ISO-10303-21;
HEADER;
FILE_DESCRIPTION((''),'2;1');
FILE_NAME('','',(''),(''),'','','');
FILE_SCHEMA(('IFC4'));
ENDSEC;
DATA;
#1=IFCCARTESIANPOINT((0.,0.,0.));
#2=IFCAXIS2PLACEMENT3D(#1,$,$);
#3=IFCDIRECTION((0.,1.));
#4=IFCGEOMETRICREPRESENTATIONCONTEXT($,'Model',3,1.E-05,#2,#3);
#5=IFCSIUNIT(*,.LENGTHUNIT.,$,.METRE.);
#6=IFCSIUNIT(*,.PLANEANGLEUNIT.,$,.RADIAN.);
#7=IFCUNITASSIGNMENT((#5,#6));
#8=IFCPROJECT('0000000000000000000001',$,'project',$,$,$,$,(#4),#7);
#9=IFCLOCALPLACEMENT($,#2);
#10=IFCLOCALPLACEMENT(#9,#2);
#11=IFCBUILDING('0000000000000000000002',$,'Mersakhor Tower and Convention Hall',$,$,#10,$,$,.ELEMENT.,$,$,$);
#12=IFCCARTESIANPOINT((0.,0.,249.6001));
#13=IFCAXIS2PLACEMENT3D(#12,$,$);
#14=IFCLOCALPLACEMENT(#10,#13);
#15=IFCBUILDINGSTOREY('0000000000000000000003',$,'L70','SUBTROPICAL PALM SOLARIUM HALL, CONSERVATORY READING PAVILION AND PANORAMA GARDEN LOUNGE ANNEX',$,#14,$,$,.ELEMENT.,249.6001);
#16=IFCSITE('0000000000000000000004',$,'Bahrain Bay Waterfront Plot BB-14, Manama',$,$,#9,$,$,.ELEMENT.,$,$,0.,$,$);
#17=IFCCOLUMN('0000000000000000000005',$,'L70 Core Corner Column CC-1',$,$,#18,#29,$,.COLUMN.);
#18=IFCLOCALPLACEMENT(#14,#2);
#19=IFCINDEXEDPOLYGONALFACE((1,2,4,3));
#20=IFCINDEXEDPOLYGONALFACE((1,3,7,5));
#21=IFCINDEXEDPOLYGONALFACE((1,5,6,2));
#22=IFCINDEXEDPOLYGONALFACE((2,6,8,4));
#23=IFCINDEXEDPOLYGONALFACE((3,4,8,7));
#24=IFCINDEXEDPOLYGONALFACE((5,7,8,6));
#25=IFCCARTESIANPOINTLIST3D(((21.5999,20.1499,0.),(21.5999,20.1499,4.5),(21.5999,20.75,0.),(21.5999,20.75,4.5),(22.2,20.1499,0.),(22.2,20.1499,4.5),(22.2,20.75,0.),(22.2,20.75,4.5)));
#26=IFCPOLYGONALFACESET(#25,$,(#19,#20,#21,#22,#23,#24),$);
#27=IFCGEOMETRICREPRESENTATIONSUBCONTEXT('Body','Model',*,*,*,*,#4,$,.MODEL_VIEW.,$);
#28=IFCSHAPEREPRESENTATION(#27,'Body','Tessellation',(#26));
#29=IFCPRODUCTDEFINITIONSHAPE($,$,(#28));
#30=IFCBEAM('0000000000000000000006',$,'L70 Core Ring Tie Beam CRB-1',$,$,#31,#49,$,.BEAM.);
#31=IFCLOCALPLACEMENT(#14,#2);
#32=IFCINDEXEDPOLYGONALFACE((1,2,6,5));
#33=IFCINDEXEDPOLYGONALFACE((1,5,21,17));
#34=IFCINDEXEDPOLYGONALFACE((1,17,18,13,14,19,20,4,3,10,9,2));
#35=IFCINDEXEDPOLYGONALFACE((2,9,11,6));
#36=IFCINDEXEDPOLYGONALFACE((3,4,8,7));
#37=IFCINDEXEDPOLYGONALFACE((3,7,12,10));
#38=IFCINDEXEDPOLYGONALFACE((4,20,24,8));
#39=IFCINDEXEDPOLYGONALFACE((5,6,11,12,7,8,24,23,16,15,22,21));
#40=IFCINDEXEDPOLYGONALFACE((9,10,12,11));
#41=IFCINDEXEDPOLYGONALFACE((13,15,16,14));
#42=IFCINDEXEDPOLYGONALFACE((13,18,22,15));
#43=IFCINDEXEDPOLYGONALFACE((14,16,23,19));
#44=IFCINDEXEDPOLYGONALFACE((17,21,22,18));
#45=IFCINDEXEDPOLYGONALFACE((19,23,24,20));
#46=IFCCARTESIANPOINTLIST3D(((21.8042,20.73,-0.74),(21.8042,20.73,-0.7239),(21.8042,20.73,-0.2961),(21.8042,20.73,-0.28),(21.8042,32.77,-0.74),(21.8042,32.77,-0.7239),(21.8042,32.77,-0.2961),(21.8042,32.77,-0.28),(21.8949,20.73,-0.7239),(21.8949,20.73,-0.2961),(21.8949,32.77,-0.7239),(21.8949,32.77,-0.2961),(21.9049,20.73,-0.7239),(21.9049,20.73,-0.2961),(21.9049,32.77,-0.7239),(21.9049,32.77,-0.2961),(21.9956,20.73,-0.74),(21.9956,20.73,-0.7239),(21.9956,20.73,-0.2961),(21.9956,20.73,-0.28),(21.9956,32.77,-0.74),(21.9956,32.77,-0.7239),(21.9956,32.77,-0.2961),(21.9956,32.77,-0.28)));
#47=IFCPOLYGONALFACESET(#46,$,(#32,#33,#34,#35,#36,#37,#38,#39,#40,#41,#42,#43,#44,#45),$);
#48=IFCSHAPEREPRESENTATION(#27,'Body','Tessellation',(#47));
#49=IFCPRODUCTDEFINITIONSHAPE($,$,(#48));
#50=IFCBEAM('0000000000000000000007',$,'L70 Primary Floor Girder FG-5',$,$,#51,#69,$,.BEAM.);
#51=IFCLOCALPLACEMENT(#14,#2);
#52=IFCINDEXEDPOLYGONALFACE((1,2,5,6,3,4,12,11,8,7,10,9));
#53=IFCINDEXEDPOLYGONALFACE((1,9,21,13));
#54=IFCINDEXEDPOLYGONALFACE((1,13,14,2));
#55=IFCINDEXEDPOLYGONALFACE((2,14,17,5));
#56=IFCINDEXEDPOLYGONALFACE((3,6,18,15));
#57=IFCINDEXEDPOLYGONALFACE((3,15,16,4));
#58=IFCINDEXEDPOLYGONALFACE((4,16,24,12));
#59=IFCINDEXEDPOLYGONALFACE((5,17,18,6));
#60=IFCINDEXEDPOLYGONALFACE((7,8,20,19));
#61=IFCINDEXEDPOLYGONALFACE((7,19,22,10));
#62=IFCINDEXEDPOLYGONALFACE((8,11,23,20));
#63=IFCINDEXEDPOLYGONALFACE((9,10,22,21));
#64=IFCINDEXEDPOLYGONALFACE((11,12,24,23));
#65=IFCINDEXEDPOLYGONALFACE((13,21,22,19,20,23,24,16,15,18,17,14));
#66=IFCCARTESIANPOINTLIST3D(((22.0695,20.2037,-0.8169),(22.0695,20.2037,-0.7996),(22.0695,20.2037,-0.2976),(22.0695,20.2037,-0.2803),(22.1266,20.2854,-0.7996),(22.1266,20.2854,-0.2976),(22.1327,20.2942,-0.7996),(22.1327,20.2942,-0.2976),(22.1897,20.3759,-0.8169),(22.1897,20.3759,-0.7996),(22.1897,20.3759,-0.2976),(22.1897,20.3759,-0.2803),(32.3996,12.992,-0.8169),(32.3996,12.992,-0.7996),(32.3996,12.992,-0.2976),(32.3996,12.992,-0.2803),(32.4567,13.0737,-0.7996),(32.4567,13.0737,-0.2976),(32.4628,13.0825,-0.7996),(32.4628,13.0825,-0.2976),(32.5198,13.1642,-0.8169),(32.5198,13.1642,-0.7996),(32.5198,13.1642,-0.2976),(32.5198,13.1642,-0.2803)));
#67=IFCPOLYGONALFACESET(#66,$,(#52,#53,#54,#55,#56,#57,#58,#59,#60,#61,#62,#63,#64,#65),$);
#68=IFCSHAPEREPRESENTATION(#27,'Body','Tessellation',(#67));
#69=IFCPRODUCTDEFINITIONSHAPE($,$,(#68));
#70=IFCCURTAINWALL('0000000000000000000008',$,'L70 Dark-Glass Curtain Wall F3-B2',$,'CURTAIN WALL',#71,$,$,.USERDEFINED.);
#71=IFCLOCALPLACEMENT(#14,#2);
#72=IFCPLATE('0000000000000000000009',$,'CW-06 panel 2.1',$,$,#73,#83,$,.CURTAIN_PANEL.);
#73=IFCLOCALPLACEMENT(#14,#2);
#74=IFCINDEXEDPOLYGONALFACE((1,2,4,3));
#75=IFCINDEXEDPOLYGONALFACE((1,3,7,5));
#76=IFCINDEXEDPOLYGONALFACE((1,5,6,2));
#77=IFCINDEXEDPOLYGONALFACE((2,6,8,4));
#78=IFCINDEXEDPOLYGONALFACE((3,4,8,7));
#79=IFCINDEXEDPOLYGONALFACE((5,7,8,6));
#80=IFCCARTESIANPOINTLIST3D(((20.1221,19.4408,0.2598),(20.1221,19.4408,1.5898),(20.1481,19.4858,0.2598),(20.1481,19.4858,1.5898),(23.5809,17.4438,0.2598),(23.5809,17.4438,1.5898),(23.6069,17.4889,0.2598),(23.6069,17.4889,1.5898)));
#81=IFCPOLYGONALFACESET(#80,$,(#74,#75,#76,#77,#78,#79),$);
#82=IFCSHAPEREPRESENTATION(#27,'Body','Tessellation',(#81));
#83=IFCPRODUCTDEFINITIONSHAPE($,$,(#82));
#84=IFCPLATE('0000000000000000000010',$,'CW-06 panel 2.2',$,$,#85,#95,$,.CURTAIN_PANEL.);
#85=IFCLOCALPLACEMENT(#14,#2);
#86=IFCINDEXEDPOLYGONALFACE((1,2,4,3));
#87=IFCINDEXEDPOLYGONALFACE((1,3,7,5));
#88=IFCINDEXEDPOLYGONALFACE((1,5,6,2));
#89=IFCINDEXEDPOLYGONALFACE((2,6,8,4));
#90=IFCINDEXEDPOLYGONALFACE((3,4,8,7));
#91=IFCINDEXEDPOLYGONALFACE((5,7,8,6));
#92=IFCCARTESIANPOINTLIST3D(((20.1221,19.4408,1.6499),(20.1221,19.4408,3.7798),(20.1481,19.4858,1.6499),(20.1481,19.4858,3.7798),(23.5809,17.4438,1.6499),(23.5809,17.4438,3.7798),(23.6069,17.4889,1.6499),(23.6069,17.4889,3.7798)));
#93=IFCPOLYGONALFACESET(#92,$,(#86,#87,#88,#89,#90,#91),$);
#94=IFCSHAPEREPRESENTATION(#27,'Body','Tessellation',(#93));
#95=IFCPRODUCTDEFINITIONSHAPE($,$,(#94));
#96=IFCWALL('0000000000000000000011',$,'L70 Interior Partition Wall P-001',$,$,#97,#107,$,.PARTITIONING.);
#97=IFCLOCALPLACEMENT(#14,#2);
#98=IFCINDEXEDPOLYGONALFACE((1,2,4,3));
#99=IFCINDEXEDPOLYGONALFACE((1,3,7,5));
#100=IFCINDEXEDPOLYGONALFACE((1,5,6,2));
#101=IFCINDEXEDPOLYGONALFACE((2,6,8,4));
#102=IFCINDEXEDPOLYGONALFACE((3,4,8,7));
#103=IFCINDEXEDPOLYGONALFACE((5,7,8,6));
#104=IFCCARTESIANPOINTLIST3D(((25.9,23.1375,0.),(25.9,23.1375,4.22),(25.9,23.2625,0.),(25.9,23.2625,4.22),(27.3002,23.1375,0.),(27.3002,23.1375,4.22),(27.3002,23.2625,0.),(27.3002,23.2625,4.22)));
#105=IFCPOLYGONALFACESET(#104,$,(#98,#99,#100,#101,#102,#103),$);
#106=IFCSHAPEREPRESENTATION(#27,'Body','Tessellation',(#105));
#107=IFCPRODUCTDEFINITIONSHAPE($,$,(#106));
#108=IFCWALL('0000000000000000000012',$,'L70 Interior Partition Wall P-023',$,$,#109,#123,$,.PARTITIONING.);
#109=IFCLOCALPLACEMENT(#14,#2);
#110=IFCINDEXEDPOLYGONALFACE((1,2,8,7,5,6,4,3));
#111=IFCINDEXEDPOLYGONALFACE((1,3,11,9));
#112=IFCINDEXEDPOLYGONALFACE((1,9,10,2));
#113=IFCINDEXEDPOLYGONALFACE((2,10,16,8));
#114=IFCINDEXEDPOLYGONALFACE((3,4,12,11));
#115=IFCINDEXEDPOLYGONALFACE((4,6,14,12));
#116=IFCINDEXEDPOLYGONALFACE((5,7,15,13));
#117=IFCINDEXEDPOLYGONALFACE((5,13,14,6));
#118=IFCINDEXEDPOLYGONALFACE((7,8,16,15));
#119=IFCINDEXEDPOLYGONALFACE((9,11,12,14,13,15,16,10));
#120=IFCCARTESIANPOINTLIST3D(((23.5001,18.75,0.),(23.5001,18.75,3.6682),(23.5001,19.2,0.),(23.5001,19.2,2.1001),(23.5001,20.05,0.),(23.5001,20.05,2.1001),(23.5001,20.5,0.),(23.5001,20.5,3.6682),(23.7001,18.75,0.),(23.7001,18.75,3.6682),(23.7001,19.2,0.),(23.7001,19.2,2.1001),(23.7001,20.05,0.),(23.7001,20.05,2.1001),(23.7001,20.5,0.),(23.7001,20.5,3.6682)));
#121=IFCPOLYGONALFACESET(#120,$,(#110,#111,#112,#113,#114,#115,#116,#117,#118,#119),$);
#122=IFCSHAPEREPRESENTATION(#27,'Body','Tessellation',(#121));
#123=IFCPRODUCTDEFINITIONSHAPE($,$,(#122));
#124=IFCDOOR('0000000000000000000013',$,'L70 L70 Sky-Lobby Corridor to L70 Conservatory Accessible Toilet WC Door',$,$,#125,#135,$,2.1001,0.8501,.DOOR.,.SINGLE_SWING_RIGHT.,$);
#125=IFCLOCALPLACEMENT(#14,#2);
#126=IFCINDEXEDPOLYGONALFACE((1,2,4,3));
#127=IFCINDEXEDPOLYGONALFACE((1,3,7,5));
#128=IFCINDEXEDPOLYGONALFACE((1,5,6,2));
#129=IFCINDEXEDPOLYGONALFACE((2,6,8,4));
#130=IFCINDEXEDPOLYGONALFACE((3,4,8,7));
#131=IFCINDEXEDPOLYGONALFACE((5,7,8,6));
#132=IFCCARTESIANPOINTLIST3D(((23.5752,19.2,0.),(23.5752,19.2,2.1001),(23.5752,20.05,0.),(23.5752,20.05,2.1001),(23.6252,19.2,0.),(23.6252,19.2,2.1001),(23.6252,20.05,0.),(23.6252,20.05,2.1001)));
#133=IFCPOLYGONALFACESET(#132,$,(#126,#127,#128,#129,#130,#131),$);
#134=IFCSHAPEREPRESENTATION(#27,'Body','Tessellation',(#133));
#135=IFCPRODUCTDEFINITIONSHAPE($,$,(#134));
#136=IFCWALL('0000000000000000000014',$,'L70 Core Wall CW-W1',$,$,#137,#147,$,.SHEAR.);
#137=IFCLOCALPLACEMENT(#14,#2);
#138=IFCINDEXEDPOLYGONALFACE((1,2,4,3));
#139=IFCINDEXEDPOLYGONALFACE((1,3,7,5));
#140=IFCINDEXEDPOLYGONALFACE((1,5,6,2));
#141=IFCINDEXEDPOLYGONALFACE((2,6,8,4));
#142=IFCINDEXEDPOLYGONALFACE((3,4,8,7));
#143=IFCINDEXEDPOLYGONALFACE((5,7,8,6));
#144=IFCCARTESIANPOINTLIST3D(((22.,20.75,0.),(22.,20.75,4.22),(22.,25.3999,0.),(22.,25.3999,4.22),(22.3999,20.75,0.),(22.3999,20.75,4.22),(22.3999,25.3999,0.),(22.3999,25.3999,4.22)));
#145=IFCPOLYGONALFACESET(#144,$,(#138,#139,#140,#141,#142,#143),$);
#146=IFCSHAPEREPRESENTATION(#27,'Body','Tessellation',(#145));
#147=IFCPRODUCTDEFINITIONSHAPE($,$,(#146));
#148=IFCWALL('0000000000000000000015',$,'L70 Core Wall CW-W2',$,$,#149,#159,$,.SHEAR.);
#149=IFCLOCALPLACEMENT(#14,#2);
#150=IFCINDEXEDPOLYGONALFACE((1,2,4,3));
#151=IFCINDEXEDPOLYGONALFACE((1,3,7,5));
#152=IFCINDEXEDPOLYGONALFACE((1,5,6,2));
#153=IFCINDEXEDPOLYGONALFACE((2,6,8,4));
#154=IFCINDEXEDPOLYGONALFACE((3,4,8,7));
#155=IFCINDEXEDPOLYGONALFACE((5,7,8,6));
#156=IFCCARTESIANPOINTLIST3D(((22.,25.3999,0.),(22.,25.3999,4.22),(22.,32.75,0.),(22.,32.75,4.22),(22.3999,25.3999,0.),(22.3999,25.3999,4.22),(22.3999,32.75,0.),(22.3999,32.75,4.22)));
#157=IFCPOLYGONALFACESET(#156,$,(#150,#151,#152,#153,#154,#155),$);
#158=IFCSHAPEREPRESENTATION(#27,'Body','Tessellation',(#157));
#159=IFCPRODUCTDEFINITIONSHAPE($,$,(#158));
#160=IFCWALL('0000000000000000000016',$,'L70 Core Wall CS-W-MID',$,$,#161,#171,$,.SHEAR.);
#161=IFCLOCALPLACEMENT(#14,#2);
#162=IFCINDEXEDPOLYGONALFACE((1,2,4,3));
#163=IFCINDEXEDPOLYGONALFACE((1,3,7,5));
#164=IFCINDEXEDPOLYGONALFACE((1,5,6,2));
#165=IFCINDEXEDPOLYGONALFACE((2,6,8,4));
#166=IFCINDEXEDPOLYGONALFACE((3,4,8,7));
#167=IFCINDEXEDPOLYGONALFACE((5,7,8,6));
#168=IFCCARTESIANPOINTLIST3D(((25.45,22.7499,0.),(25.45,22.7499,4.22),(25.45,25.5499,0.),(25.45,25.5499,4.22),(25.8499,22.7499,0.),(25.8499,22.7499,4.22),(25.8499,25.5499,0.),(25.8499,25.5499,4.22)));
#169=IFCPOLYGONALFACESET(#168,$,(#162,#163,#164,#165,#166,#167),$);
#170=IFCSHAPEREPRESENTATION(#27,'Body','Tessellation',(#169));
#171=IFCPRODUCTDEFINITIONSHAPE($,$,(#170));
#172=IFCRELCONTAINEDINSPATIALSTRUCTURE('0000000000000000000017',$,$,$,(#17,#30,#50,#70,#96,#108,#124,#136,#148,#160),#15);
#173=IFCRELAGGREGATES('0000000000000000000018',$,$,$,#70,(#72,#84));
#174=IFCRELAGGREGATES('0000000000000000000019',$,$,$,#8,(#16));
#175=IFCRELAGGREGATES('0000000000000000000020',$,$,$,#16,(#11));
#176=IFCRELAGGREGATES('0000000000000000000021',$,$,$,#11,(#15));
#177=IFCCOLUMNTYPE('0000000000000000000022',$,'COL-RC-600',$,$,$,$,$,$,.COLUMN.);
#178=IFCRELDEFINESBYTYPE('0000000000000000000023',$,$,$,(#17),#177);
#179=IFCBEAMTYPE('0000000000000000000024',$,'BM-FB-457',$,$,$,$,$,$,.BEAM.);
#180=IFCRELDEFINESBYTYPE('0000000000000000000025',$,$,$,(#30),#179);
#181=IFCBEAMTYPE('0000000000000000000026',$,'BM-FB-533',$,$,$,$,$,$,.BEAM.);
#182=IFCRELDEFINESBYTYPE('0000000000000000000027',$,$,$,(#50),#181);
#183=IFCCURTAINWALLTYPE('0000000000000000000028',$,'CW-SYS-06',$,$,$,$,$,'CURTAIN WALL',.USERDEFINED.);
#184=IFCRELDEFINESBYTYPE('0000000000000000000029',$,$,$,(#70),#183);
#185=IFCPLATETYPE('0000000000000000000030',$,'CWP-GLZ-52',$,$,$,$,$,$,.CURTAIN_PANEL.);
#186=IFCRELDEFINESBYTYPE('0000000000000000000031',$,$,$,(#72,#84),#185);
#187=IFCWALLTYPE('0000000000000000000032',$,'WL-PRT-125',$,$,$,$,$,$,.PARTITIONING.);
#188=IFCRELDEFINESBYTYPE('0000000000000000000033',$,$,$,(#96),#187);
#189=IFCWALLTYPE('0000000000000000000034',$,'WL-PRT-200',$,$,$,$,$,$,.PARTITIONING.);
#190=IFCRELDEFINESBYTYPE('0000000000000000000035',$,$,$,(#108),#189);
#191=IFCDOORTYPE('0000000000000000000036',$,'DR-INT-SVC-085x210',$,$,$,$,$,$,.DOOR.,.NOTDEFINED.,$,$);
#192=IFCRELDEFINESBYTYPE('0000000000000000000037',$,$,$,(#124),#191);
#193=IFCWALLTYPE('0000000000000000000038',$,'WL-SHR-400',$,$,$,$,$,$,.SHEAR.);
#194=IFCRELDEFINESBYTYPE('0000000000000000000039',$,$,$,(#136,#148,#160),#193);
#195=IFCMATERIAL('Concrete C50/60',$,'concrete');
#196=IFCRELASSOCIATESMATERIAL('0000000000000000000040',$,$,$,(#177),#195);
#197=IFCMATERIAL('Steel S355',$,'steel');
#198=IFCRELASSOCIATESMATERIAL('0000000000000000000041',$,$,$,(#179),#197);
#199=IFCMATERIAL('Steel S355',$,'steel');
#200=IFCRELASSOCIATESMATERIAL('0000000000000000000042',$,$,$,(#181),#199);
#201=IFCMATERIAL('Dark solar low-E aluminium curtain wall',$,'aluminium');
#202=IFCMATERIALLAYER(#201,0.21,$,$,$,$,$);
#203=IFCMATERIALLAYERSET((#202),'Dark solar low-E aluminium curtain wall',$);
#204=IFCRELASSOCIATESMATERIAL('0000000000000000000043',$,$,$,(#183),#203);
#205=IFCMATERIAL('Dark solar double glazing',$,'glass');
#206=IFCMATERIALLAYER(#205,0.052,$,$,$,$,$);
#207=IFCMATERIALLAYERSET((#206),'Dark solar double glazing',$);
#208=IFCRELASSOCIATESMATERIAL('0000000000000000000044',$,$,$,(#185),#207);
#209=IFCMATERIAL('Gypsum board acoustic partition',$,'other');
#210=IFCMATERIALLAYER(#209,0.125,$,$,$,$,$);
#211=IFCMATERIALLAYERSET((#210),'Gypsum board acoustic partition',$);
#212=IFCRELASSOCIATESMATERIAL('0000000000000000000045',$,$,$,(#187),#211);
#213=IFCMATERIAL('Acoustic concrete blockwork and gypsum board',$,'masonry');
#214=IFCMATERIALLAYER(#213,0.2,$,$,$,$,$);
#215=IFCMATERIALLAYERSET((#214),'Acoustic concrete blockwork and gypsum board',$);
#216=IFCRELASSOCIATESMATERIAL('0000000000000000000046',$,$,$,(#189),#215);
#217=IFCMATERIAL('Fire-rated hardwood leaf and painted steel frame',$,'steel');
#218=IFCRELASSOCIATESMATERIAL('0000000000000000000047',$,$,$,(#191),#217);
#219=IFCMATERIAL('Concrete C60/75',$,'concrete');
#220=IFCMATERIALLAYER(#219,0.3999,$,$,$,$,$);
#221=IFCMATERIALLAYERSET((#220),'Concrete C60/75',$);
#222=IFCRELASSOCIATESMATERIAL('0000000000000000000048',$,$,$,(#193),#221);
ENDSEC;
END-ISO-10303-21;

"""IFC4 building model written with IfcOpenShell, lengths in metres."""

from ifc_helpers import new_model, si_unit, direction, frame, frame_2d, origin, origin_2d, place, context, subcontext, project, spatial, rectangle, i_section, extrude, material, layer, layer_set, material_profile, profile_set, type_object, element, fill, aggregate, save


model = new_model("IFC4")

# Units and contexts
model_context = context("Model", 3, precision=1e-05, world=origin(), true_north=direction((0.0, 1.0)))
body_context = subcontext(model_context, "Body", "Model", "MODEL_VIEW")
ifc_project = project(units=[si_unit("LENGTHUNIT", "METRE"), si_unit("PLANEANGLEUNIT", "RADIAN")], contexts=[model_context])

# Site, building, storey
site_placement = place(None, origin())
site = spatial("IfcSite", under=ifc_project, at=site_placement, Name="Bahrain Bay Waterfront Plot BB-14, Manama", CompositionType="ELEMENT", RefElevation=0.0)
building_placement = place(site_placement, origin())
building = spatial("IfcBuilding", under=site, at=building_placement, Name="Mersakhor Tower and Convention Hall", CompositionType="ELEMENT")
storey_placement = place(building_placement, frame((0.0, 0.0, 249.6001)))
storey = spatial("IfcBuildingStorey", under=building, at=storey_placement, Name="L70", Description="SUBTROPICAL PALM SOLARIUM HALL, CONSERVATORY READING PAVILION AND PANORAMA GARDEN LOUNGE ANNEX", CompositionType="ELEMENT", Elevation=249.6001)

# Column
ifc_material_1 = material(Name="Concrete C50/60", Category="concrete")
ifc_material_profile_1 = material_profile(ifc_material_1, rectangle(XDim=0.6001, YDim=0.6001, at=origin_2d()), Name="RC 600x600")
ifc_profile_set_1 = profile_set([ifc_material_profile_1], Name="Concrete C50/60")
column_type = type_object("IfcColumnType", Name="COL-RC-600", PredefinedType="COLUMN", material=ifc_profile_set_1)
column_placement = place(storey_placement, frame((21.8999, 20.45, 0.0), z_axis=(0.0, 0.0, 1.0), x_axis=(1.0, 0.0, 0.0)))
element("IfcColumn", 1, at=column_placement, inside=storey, type_object=column_type, Name="L70 Core Corner Column CC-1", PredefinedType="COLUMN", context=body_context, shape_type="SweptSolid", body=[
    extrude(rectangle(XDim=0.6001, YDim=0.6001, at=origin_2d()), origin(), (0.0, 0.0, 1.0), 4.5),
])

# Beams
ifc_material_2 = material(Name="Steel S355", Category="steel")
ifc_material_profile_2 = material_profile(ifc_material_2, i_section(OverallWidth=0.1914, OverallDepth=0.46, WebThickness=0.01, FlangeThickness=0.0161, at=origin_2d()), Name="UB 457x191x82")
ifc_profile_set_2 = profile_set([ifc_material_profile_2], Name="Steel S355")
beam_type_1 = type_object("IfcBeamType", Name="BM-FB-457", PredefinedType="BEAM", material=ifc_profile_set_2)
beam_1_placement = place(storey_placement, frame((21.8999, 20.73, -0.51), z_axis=(0.0, 1.0, 0.0), x_axis=(-1.0, 0.0, 0.0)))
element("IfcBeam", 2, at=beam_1_placement, inside=storey, type_object=beam_type_1, Name="L70 Core Ring Tie Beam CRB-1", PredefinedType="BEAM", context=body_context, shape_type="SweptSolid", body=[
    extrude(i_section(OverallWidth=0.1914, OverallDepth=0.46, WebThickness=0.01, FlangeThickness=0.0161, at=origin_2d()), origin(), (0.0, 0.0, 1.0), 12.04),
])
ifc_material_3 = material(Name="Steel S355", Category="steel")
ifc_material_profile_3 = material_profile(ifc_material_3, i_section(OverallWidth=0.21, OverallDepth=0.5366, WebThickness=0.0107, FlangeThickness=0.0173, at=origin_2d()), Name="UB 533x210x101")
ifc_profile_set_3 = profile_set([ifc_material_profile_3], Name="Steel S355")
beam_type_2 = type_object("IfcBeamType", Name="BM-FB-533", PredefinedType="BEAM", material=ifc_profile_set_3)
beam_2_placement = place(storey_placement, frame((22.1296, 20.2898, -0.5486), z_axis=(0.819954, -0.572429, 0.0), x_axis=(0.572429, 0.819954, 0.0)))
element("IfcBeam", 3, at=beam_2_placement, inside=storey, type_object=beam_type_2, Name="L70 Primary Floor Girder FG-5", PredefinedType="BEAM", context=body_context, shape_type="SweptSolid", body=[
    extrude(i_section(OverallWidth=0.21, OverallDepth=0.5366, WebThickness=0.0107, FlangeThickness=0.0173, at=origin_2d()), origin(), (0.0, 0.0, 1.0), 12.5984),
])

# Curtain wall, plates
ifc_material_4 = material(Name="Dark solar low-E aluminium curtain wall", Category="aluminium")
ifc_layer_1 = layer(ifc_material_4, 0.21)
ifc_layer_set_1 = layer_set([ifc_layer_1], Name="Dark solar low-E aluminium curtain wall")
curtain_wall_type = type_object("IfcCurtainWallType", Name="CW-SYS-06", ElementType="CURTAIN WALL", PredefinedType="USERDEFINED", material=ifc_layer_set_1)
curtain_wall_placement = place(storey_placement, origin())
curtain_wall = element("IfcCurtainWall", 4, at=curtain_wall_placement, inside=storey, type_object=curtain_wall_type, Name="L70 Dark-Glass Curtain Wall F3-B2", ObjectType="CURTAIN WALL", PredefinedType="USERDEFINED")
ifc_material_5 = material(Name="Dark solar double glazing", Category="glass")
ifc_layer_2 = layer(ifc_material_5, 0.052)
ifc_layer_set_2 = layer_set([ifc_layer_2], Name="Dark solar double glazing")
plate_type = type_object("IfcPlateType", Name="CWP-GLZ-52", PredefinedType="CURTAIN_PANEL", material=ifc_layer_set_2)
plate_1_placement = place(storey_placement, frame((21.8645, 18.4648, 0.2598), z_axis=(0.0, 0.0, 1.0), x_axis=(-0.866023, 0.500004, 0.0)))
plate_1 = element("IfcPlate", 5, at=plate_1_placement, type_object=plate_type, Name="CW-06 panel 2.1", PredefinedType="CURTAIN_PANEL", context=body_context, shape_type="SweptSolid", body=[
    extrude(rectangle(XDim=3.9939, YDim=0.052, at=origin_2d()), origin(), (0.0, 0.0, 1.0), 1.3301),
])
plate_2_placement = place(storey_placement, frame((21.8645, 18.4648, 1.6499), z_axis=(0.0, 0.0, 1.0), x_axis=(-0.866023, 0.500004, 0.0)))
plate_2 = element("IfcPlate", 6, at=plate_2_placement, type_object=plate_type, Name="CW-06 panel 2.2", PredefinedType="CURTAIN_PANEL", context=body_context, shape_type="SweptSolid", body=[
    extrude(rectangle(XDim=3.9939, YDim=0.052, at=origin_2d()), origin(), (0.0, 0.0, 1.0), 2.1299),
])
aggregate(curtain_wall, [plate_1, plate_2])

# Wall
ifc_material_6 = material(Name="Gypsum board acoustic partition", Category="other")
ifc_layer_3 = layer(ifc_material_6, 0.125)
ifc_layer_set_3 = layer_set([ifc_layer_3], Name="Gypsum board acoustic partition")
wall_type_1 = type_object("IfcWallType", Name="WL-PRT-125", PredefinedType="PARTITIONING", material=ifc_layer_set_3)
wall_1_placement = place(storey_placement, frame((25.8999, 23.2, 0.0), z_axis=(0.0, 0.0, 1.0), x_axis=(1.0, 0.0, 0.0)))
element("IfcWall", 7, at=wall_1_placement, inside=storey, type_object=wall_type_1, Name="L70 Interior Partition Wall P-001", PredefinedType="PARTITIONING", context=body_context, shape_type="SweptSolid", body=[
    extrude(rectangle(XDim=1.4001, YDim=0.125, at=frame_2d((0.7002, 0.0))), origin(), (0.0, 0.0, 1.0), 4.22),
])

# Shared definitions
ifc_material_7 = material(Name="Acoustic concrete blockwork and gypsum board", Category="masonry")
ifc_layer_4 = layer(ifc_material_7, 0.2)
ifc_layer_set_4 = layer_set([ifc_layer_4], Name="Acoustic concrete blockwork and gypsum board")
wall_type_2 = type_object("IfcWallType", Name="WL-PRT-200", PredefinedType="PARTITIONING", material=ifc_layer_set_4)

# Wall, opening, door
wall_2_placement = place(storey_placement, frame((23.6001, 18.75, 0.0), z_axis=(0.0, 0.0, 1.0), x_axis=(0.0, 1.0, 0.0)))
wall_2 = element("IfcWall", 8, at=wall_2_placement, inside=storey, type_object=wall_type_2, Name="L70 Interior Partition Wall P-023", PredefinedType="PARTITIONING", context=body_context, shape_type="SweptSolid", body=[
    extrude(rectangle(XDim=1.75, YDim=0.2, at=frame_2d((0.875, 0.0))), origin(), (0.0, 0.0, 1.0), 3.6682),
])
opening_1_placement = place(wall_2_placement, frame((0.45, 0.0, 0.0)))
opening_1 = element("IfcOpeningElement", 9, at=opening_1_placement, cuts=wall_2, PredefinedType="OPENING", context=body_context, shape_type="SweptSolid", body=[
    extrude(rectangle(XDim=0.8501, YDim=2.1001, at=frame_2d((0.425, 1.05))), frame((0.0, 0.1099, 0.0), z_axis=(0.0, -1.0, 0.0), x_axis=(1.0, 0.0, 0.0)), (0.0, 0.0, 1.0), 0.22),
])
ifc_material_8 = material(Name="Fire-rated hardwood leaf and painted steel frame", Category="steel")
door_type_1 = type_object("IfcDoorType", Name="DR-INT-SVC-085x210", OperationType="NOTDEFINED", PredefinedType="DOOR", material=ifc_material_8)
door_1_placement = place(opening_1_placement, origin())
door_1 = element("IfcDoor", 10, at=door_1_placement, inside=storey, type_object=door_type_1, Name="L70 L70 Sky-Lobby Corridor to L70 Conservatory Accessible Toilet WC Door", OperationType="SINGLE_SWING_RIGHT", OverallHeight=2.1001, OverallWidth=0.8501, PredefinedType="DOOR", context=body_context, shape_type="SweptSolid", body=[
    extrude(rectangle(XDim=0.8501, YDim=2.1001, at=frame_2d((0.425, 1.05))), frame((0.0, 0.0249, 0.0), z_axis=(0.0, -1.0, 0.0), x_axis=(1.0, 0.0, 0.0)), (0.0, 0.0, 1.0), 0.05),
])
fill(opening_1, door_1)

# Walls
ifc_material_9 = material(Name="Concrete C60/75", Category="concrete")
ifc_layer_5 = layer(ifc_material_9, 0.3999)
ifc_layer_set_5 = layer_set([ifc_layer_5], Name="Concrete C60/75")
wall_type_3 = type_object("IfcWallType", Name="WL-SHR-400", PredefinedType="SHEAR", material=ifc_layer_set_5)
wall_3_placement = place(storey_placement, frame((22.2, 20.75, 0.0), z_axis=(0.0, 0.0, 1.0), x_axis=(0.0, 1.0, 0.0)))
element("IfcWall", 11, at=wall_3_placement, inside=storey, type_object=wall_type_3, Name="L70 Core Wall CW-W1", PredefinedType="SHEAR", context=body_context, shape_type="SweptSolid", body=[
    extrude(rectangle(XDim=4.6499, YDim=0.3999, at=frame_2d((2.325, 0.0))), origin(), (0.0, 0.0, 1.0), 4.22),
])
wall_4_placement = place(storey_placement, frame((22.2, 25.3999, 0.0), z_axis=(0.0, 0.0, 1.0), x_axis=(0.0, 1.0, 0.0)))
element("IfcWall", 12, at=wall_4_placement, inside=storey, type_object=wall_type_3, Name="L70 Core Wall CW-W2", PredefinedType="SHEAR", context=body_context, shape_type="SweptSolid", body=[
    extrude(rectangle(XDim=7.3501, YDim=0.3999, at=frame_2d((3.675, 0.0))), origin(), (0.0, 0.0, 1.0), 4.22),
])

# Wall
wall_5_placement = place(storey_placement, frame((25.6499, 22.75, 0.0), z_axis=(0.0, 0.0, 1.0), x_axis=(0.0, 1.0, 0.0)))
element("IfcWall", 13, at=wall_5_placement, inside=storey, type_object=wall_type_3, Name="L70 Core Wall CS-W-MID", PredefinedType="SHEAR", context=body_context, shape_type="SweptSolid", body=[
    extrude(rectangle(XDim=2.8, YDim=0.3999, at=frame_2d((1.3999, 0.0))), origin(), (0.0, 0.0, 1.0), 4.22),
])

save(model, "model.ifc")
